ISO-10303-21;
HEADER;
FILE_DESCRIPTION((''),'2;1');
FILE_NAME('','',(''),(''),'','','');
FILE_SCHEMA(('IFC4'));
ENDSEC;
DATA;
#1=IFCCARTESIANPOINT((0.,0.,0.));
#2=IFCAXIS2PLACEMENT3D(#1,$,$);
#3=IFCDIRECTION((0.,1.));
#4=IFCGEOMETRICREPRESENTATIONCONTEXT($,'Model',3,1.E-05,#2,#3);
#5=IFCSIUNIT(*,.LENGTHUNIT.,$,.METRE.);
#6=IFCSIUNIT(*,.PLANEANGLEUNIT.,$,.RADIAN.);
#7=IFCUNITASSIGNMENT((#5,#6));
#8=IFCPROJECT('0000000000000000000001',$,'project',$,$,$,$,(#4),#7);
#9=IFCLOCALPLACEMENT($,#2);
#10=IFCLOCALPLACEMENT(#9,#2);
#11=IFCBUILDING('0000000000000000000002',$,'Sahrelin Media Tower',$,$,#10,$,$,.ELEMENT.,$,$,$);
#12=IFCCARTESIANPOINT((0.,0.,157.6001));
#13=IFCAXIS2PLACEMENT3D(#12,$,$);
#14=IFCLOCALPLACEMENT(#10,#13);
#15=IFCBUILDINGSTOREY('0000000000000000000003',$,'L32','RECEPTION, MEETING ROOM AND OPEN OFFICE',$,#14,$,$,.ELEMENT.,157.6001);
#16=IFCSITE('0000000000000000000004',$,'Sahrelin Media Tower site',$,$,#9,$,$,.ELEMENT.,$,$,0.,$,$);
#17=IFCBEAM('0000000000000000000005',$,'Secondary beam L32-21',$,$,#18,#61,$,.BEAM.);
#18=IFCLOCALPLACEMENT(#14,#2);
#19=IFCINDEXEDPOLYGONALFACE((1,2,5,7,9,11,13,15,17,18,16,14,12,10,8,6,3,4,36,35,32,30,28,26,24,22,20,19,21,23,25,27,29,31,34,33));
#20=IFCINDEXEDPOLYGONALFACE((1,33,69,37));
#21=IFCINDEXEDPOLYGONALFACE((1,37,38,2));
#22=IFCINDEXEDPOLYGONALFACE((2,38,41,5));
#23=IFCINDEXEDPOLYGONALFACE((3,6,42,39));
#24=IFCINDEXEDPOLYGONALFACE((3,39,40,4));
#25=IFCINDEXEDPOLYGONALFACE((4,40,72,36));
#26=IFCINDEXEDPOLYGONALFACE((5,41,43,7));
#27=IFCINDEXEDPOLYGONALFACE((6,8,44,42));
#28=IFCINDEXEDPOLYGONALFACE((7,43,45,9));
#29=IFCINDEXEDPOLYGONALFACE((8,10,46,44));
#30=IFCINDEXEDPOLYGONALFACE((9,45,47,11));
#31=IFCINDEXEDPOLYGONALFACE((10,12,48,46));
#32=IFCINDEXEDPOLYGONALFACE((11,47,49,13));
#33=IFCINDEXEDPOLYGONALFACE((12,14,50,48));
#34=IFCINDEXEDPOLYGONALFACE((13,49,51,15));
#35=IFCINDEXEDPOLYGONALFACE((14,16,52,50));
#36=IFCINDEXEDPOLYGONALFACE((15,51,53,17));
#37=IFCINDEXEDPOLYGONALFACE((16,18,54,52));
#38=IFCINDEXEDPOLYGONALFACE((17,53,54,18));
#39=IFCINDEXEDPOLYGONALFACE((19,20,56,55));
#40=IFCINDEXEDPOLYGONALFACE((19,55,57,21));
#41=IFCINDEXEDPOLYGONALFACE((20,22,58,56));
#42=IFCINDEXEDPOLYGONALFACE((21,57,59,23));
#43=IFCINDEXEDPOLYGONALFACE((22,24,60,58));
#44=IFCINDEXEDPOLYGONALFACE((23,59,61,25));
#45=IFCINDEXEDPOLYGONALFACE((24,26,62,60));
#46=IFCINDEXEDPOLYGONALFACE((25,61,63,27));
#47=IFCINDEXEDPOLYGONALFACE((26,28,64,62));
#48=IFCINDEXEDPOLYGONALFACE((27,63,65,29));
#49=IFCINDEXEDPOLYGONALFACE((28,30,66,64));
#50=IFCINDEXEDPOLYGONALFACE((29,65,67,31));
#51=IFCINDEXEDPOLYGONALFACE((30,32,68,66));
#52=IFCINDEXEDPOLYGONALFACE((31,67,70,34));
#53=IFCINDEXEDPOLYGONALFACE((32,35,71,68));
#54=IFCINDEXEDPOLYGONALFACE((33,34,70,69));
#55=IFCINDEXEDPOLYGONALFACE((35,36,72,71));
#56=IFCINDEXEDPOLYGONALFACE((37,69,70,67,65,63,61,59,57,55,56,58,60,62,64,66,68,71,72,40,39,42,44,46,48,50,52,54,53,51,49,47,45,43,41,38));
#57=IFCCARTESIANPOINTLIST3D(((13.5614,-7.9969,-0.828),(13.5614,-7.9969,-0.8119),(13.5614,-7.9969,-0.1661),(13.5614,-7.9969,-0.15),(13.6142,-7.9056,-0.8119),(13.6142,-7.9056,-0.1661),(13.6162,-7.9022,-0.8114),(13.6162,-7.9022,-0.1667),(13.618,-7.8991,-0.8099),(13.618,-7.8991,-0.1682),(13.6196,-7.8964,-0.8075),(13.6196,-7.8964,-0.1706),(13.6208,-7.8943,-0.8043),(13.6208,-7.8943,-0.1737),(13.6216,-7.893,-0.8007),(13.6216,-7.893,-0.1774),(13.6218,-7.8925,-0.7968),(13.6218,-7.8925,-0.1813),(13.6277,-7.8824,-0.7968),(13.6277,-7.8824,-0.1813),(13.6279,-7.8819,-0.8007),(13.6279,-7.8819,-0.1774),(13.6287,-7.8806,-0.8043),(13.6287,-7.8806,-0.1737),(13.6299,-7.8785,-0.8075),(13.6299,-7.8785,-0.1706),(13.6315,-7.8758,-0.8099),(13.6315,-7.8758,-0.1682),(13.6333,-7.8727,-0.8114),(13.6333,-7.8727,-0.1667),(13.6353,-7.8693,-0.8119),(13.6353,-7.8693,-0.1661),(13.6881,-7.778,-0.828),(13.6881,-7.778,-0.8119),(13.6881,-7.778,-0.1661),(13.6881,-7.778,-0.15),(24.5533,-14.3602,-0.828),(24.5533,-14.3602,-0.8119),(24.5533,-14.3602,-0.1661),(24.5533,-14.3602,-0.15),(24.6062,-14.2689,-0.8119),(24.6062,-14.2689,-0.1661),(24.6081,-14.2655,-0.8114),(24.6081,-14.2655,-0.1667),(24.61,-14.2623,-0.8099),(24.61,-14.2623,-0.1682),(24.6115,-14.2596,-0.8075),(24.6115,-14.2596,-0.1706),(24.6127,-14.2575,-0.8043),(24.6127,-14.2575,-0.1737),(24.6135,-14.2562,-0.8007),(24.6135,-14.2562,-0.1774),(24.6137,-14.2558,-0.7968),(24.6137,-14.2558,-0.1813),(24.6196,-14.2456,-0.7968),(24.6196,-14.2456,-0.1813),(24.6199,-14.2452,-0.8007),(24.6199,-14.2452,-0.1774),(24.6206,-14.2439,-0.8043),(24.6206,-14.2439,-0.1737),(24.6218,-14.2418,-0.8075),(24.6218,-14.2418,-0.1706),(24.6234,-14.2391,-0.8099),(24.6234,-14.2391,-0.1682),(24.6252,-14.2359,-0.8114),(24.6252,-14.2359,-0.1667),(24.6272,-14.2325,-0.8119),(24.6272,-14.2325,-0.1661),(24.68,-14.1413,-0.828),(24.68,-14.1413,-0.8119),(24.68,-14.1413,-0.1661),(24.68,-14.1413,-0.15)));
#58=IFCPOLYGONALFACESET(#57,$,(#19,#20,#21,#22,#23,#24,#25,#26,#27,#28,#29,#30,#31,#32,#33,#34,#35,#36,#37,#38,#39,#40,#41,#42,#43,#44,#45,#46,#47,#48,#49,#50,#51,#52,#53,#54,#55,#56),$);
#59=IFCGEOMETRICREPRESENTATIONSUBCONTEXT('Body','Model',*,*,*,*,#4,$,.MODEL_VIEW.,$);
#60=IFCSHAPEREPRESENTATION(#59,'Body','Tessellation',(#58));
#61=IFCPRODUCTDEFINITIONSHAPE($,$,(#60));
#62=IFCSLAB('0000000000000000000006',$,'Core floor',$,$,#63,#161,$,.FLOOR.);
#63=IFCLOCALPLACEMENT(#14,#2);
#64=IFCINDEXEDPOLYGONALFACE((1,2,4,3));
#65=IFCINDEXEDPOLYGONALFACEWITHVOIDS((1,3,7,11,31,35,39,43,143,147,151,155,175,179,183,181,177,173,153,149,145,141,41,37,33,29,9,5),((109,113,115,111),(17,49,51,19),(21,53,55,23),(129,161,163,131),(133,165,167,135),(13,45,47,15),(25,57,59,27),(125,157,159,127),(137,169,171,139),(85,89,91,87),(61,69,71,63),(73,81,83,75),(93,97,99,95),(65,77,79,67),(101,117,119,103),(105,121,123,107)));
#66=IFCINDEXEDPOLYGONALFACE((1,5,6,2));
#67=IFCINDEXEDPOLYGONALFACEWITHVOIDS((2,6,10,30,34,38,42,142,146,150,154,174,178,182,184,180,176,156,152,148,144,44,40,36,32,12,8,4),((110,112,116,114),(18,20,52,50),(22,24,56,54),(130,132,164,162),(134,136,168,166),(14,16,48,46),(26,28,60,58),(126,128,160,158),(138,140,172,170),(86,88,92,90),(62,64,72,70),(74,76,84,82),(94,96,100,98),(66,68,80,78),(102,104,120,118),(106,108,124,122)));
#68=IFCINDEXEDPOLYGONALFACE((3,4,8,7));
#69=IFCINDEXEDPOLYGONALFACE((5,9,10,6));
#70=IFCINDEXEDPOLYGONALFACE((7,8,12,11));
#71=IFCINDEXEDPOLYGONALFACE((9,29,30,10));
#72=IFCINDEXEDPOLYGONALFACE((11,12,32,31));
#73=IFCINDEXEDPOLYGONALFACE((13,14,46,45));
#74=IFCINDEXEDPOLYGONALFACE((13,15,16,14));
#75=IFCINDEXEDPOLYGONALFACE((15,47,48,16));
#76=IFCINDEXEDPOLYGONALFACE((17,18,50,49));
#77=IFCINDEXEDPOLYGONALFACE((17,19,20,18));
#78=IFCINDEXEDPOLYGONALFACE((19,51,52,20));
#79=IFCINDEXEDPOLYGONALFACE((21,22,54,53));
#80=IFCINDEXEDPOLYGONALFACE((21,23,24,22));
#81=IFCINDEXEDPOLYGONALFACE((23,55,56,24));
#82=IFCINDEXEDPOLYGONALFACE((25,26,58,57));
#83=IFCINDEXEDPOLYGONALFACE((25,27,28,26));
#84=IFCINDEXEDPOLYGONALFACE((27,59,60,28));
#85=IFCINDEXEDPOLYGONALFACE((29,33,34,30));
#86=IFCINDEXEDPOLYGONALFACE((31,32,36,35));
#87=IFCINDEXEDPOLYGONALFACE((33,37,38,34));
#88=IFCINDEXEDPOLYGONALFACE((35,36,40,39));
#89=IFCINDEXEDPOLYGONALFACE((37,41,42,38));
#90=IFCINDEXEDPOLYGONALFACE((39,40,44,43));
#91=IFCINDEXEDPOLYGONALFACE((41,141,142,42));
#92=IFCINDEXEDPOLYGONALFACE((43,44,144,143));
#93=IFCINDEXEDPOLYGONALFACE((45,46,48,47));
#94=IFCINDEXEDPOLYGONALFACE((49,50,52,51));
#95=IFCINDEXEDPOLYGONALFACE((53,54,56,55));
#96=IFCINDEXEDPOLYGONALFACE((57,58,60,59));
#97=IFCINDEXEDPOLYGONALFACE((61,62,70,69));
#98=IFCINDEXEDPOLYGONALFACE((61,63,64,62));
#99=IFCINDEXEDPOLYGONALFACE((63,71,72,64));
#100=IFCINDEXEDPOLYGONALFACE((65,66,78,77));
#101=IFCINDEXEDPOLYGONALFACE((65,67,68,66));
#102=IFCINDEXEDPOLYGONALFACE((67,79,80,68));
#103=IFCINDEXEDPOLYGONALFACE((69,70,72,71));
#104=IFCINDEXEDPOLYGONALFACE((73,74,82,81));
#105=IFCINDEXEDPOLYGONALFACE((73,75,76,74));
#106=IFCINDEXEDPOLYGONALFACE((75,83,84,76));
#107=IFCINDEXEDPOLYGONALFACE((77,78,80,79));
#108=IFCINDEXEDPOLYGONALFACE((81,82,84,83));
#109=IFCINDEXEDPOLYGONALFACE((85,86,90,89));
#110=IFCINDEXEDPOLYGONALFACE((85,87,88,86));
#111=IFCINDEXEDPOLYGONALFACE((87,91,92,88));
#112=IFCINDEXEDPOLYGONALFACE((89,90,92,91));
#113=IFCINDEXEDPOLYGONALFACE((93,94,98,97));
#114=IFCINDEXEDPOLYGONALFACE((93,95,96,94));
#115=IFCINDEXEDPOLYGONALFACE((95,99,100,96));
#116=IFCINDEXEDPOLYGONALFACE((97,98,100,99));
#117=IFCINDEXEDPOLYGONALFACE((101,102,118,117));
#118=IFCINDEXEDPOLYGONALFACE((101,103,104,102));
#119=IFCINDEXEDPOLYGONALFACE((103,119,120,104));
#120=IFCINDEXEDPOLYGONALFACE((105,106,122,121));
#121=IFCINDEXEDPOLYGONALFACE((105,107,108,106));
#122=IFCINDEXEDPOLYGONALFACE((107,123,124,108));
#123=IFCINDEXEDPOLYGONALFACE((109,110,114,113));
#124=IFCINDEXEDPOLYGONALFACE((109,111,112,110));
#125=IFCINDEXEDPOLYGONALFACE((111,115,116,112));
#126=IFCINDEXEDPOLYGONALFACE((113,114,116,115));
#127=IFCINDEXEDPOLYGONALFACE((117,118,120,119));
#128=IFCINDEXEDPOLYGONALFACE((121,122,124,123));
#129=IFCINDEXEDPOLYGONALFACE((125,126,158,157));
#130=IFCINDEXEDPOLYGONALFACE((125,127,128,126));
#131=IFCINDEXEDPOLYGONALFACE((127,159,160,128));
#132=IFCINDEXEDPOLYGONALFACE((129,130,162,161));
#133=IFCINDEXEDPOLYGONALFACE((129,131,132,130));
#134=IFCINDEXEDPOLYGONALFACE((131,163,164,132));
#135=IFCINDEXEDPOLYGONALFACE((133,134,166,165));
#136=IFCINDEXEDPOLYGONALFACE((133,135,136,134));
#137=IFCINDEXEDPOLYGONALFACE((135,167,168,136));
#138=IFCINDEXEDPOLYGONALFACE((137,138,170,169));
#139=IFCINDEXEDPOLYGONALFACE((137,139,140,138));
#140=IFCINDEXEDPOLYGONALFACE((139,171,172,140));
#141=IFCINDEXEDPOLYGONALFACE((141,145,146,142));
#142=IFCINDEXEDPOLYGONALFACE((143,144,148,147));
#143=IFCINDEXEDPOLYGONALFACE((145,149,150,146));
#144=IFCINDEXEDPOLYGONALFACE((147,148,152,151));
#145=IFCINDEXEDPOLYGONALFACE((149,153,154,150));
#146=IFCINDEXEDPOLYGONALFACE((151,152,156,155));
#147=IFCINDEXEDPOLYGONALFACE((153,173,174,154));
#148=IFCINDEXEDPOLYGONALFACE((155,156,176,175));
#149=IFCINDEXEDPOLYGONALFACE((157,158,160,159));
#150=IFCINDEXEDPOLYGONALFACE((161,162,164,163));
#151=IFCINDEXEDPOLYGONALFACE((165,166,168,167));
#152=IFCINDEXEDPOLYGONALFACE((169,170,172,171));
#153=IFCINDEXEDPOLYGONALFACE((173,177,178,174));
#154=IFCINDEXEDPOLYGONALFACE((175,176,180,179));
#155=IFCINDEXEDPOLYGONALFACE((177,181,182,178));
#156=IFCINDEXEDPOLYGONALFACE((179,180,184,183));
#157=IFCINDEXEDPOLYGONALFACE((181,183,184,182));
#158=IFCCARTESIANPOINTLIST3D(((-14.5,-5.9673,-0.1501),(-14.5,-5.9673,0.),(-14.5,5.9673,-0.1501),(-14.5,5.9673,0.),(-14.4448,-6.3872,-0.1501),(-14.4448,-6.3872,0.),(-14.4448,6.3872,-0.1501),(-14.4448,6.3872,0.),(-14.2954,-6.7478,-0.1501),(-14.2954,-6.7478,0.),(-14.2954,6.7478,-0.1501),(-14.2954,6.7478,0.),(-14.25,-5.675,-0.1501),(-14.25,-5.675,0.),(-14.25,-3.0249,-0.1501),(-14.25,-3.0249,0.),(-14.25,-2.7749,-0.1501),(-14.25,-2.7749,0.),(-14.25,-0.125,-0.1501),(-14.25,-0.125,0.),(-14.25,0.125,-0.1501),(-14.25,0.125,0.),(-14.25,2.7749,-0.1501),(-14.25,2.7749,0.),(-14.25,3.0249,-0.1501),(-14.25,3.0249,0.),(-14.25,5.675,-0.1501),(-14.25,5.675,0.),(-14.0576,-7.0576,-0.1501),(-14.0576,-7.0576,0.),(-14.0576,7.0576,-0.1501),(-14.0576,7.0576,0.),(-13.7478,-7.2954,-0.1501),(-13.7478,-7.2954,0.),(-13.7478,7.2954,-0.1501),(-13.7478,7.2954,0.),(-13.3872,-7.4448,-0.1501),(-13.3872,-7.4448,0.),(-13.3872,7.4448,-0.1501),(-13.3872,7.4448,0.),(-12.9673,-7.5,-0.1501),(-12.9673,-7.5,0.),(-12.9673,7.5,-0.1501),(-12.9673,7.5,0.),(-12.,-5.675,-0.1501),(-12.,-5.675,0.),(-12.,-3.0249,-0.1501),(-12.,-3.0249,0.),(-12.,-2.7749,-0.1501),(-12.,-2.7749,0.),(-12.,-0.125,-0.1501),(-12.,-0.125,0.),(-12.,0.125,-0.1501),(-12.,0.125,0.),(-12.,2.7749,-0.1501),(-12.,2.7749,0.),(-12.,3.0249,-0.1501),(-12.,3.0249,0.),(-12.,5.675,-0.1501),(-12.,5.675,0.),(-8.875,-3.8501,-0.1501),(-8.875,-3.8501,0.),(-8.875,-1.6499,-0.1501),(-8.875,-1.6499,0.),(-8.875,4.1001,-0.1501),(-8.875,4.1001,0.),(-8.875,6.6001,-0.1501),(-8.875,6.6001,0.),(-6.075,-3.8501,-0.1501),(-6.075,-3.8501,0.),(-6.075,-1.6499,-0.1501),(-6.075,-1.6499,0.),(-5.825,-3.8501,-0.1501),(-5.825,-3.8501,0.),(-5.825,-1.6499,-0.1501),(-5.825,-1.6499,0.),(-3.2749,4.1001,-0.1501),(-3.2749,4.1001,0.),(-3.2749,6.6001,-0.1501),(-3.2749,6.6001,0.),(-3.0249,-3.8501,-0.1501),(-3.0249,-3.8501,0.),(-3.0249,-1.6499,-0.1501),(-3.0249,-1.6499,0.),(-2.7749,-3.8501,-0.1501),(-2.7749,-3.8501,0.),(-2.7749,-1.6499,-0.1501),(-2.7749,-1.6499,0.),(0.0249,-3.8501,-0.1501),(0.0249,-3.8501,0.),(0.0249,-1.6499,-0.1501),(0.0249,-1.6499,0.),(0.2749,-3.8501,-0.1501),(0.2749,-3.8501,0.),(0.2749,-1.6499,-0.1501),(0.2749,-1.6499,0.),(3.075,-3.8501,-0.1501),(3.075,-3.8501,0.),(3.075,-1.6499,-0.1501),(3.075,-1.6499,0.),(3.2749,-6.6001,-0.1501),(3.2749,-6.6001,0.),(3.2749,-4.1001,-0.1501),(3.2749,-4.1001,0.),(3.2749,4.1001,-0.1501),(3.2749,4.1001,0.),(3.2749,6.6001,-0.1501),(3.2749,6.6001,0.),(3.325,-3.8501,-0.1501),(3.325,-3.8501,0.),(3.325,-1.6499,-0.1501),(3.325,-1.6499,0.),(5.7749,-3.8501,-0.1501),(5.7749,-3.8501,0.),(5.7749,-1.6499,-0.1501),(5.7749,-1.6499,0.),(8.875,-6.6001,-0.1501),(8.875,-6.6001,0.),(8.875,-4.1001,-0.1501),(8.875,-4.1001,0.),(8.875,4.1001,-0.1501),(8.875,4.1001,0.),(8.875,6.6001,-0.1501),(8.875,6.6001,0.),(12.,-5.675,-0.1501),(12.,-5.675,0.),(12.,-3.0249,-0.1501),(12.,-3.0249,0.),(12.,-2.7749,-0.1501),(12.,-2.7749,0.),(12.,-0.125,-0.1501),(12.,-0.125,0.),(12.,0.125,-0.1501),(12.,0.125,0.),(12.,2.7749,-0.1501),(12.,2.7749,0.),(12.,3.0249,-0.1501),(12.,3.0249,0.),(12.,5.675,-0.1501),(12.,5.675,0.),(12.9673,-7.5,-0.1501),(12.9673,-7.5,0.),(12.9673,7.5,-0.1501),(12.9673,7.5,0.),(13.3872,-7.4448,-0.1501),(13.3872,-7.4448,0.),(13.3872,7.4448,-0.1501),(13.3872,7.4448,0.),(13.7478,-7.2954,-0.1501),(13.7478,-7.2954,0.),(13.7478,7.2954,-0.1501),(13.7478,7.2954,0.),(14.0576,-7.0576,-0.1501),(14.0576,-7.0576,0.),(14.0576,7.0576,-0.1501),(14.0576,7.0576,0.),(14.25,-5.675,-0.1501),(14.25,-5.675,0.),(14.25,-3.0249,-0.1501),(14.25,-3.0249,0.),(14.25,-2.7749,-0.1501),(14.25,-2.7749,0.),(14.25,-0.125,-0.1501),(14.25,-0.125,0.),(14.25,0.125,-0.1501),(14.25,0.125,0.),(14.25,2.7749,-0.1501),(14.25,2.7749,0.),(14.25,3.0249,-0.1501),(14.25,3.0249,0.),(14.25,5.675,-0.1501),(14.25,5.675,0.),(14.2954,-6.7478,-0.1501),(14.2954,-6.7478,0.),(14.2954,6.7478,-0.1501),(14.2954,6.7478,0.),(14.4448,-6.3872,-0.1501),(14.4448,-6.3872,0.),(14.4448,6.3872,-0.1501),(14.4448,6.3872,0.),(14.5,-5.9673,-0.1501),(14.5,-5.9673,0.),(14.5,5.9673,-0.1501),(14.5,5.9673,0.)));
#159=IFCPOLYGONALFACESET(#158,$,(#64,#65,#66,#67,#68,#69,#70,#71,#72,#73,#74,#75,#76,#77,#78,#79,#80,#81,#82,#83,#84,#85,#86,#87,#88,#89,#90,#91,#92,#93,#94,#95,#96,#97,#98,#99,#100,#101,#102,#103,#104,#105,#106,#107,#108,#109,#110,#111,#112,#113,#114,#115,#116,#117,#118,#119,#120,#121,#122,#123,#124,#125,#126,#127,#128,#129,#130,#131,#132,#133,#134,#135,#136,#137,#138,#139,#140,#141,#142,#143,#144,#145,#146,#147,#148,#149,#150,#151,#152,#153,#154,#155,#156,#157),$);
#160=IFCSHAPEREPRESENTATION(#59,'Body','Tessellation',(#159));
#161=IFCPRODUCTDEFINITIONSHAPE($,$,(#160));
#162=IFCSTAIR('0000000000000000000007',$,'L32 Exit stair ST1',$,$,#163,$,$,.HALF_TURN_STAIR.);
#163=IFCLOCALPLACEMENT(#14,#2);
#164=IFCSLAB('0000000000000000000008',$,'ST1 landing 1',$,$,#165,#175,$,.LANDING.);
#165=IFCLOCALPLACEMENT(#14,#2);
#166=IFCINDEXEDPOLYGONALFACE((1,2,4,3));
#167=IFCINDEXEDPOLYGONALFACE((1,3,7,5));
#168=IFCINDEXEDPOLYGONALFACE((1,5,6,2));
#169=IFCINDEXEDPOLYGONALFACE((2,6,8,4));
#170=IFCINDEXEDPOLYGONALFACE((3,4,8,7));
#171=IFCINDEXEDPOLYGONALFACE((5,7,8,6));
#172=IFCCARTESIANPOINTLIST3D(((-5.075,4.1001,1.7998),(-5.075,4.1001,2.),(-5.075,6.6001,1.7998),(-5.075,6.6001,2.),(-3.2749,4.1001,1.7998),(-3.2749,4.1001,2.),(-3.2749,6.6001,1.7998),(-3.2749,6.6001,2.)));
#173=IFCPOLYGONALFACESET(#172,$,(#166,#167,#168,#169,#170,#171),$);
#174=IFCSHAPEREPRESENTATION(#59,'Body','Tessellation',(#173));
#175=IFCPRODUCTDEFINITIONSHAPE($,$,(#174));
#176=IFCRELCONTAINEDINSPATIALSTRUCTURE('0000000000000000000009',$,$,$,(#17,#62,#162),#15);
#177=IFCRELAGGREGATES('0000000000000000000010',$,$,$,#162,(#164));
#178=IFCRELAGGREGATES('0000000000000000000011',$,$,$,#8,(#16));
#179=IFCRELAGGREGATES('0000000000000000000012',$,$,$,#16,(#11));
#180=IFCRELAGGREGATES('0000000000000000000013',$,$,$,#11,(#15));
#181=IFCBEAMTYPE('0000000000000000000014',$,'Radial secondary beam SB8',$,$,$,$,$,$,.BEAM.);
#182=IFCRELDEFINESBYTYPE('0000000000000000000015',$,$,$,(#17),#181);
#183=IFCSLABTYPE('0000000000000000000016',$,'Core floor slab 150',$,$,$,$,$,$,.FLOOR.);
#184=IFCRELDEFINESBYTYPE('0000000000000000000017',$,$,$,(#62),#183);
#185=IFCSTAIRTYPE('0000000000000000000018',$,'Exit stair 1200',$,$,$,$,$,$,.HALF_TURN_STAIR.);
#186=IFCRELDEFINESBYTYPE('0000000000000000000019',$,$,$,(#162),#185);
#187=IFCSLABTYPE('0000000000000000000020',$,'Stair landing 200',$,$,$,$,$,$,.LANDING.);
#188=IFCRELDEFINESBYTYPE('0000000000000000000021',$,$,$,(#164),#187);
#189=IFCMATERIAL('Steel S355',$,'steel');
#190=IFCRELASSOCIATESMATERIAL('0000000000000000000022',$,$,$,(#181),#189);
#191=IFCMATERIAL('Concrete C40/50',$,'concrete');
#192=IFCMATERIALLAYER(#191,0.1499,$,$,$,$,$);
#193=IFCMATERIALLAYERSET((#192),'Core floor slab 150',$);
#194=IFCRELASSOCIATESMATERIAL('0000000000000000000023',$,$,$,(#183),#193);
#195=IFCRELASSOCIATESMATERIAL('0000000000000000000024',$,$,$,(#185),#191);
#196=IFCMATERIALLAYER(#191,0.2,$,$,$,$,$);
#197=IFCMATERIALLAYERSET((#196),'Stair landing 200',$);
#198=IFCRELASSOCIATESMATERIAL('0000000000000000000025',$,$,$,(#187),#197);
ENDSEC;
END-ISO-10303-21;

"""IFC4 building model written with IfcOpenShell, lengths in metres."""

from ifc_helpers import new_model, si_unit, direction, frame, origin, origin_2d, place, context, subcontext, project, spatial, polyline, i_section, outline, extrude, material, layer, layer_set, material_profile, profile_set, type_object, element, aggregate, save


model = new_model("IFC4")

# Units and contexts
model_context = context("Model", 3, precision=1e-05, world=origin(), true_north=direction((0.0, 1.0)))
body_context = subcontext(model_context, "Body", "Model", "MODEL_VIEW")
ifc_project = project(units=[si_unit("LENGTHUNIT", "METRE"), si_unit("PLANEANGLEUNIT", "RADIAN")], contexts=[model_context])

# Site, building, storey
site_placement = place(None, origin())
site = spatial("IfcSite", under=ifc_project, at=site_placement, Name="Sahrelin Media Tower site", CompositionType="ELEMENT", RefElevation=0.0)
building_placement = place(site_placement, origin())
building = spatial("IfcBuilding", under=site, at=building_placement, Name="Sahrelin Media Tower", CompositionType="ELEMENT")
storey_placement = place(building_placement, frame((0.0, 0.0, 157.6001)))
storey = spatial("IfcBuildingStorey", under=building, at=storey_placement, Name="L32", Description="RECEPTION, MEETING ROOM AND OPEN OFFICE", CompositionType="ELEMENT", Elevation=157.6001)

# Beam
ifc_material_1 = material(Name="Steel S355", Category="steel")
ifc_material_profile = material_profile(ifc_material_1, i_section(OverallWidth=0.2529, OverallDepth=0.678, WebThickness=0.0117, FlangeThickness=0.0161, FilletRadius=0.0151, at=origin_2d()), Name="UB 686x254x125")
ifc_profile_set = profile_set([ifc_material_profile], Name="Steel S355")
beam_type = type_object("IfcBeamType", Name="Radial secondary beam SB8", PredefinedType="BEAM", material=ifc_profile_set)
beam_placement = place(storey_placement, frame((13.6248, -7.8875, -0.489), z_axis=(0.865443, -0.501008, 0.0), x_axis=(0.501008, 0.865443, 0.0)))
element("IfcBeam", 1, at=beam_placement, inside=storey, type_object=beam_type, Name="Secondary beam L32-21", PredefinedType="BEAM", context=body_context, shape_type="SweptSolid", body=[
    extrude(i_section(OverallWidth=0.2529, OverallDepth=0.678, WebThickness=0.0117, FlangeThickness=0.0161, FilletRadius=0.0151, at=origin_2d()), origin(), (0.0, 0.0, 1.0), 12.7009),
])

# Slab
ifc_material_2 = material(Name="Concrete C40/50", Category="concrete")
ifc_layer_1 = layer(ifc_material_2, 0.1499)
ifc_layer_set_1 = layer_set([ifc_layer_1], Name="Core floor slab 150")
slab_type_1 = type_object("IfcSlabType", Name="Core floor slab 150", PredefinedType="FLOOR", material=ifc_layer_set_1)
slab_1_placement = place(storey_placement, frame((0.0, 0.0, -0.1501)))
element("IfcSlab", 2, at=slab_1_placement, inside=storey, type_object=slab_type_1, Name="Core floor", PredefinedType="FLOOR", context=body_context, shape_type="SweptSolid", body=[
    extrude(outline(polyline([(-14.4448, 6.3872), (-14.5, 5.9673), (-14.5, -5.9673), (-14.4448, -6.3872), (-14.2954, -6.7478), (-14.0576, -7.0576), (-13.7478, -7.2954), (-13.3872, -7.4448), (-12.9673, -7.5), (12.9673, -7.5), (13.3872, -7.4448), (13.7478, -7.2954), (14.0576, -7.0576), (14.2954, -6.7478), (14.4448, -6.3872), (14.5, -5.9673), (14.5, 5.9673), (14.4448, 6.3872), (14.2954, 6.7478), (14.0576, 7.0576), (13.7478, 7.2954), (13.3872, 7.4448), (12.9673, 7.5), (-12.9673, 7.5), (-13.3872, 7.4448), (-13.7478, 7.2954), (-14.0576, 7.0576), (-14.2954, 6.7478), (-14.4448, 6.3872)]), holes=[polyline([(-12.0, 3.0249), (-12.0, 5.675), (-14.25, 5.675), (-14.25, 3.0249), (-12.0, 3.0249)]), polyline([(-14.25, 0.125), (-12.0, 0.125), (-12.0, 2.7749), (-14.25, 2.7749), (-14.25, 0.125)]), polyline([(-14.25, -0.125), (-14.25, -2.7749), (-12.0, -2.7749), (-12.0, -0.125), (-14.25, -0.125)]), polyline([(-12.0, -3.0249), (-14.25, -3.0249), (-14.25, -5.675), (-12.0, -5.675), (-12.0, -3.0249)]), polyline([(14.25, 3.0249), (14.25, 5.675), (12.0, 5.675), (12.0, 3.0249), (14.25, 3.0249)]), polyline([(12.0, 0.125), (14.25, 0.125), (14.25, 2.7749), (12.0, 2.7749), (12.0, 0.125)]), polyline([(12.0, -0.125), (12.0, -2.7749), (14.25, -2.7749), (14.25, -0.125), (12.0, -0.125)]), polyline([(14.25, -3.0249), (12.0, -3.0249), (12.0, -5.675), (14.25, -5.675), (14.25, -3.0249)]), polyline([(-6.075, -3.8501), (-6.075, -1.6499), (-8.875, -1.6499), (-8.875, -3.8501), (-6.075, -3.8501)]), polyline([(-5.825, -3.8501), (-3.0249, -3.8501), (-3.0249, -1.6499), (-5.825, -1.6499), (-5.825, -3.8501)]), polyline([(-2.7749, -1.6499), (-2.7749, -3.8501), (0.0249, -3.8501), (0.0249, -1.6499), (-2.7749, -1.6499)]), polyline([(3.075, -1.6499), (0.2749, -1.6499), (0.2749, -3.8501), (3.075, -3.8501), (3.075, -1.6499)]), polyline([(5.7749, -3.8501), (5.7749, -1.6499), (3.325, -1.6499), (3.325, -3.8501), (5.7749, -3.8501)]), polyline([(-8.875, 6.6001), (-8.875, 4.1001), (-3.2749, 4.1001), (-3.2749, 6.6001), (-8.875, 6.6001)]), polyline([(3.2749, 4.1001), (8.875, 4.1001), (8.875, 6.6001), (3.2749, 6.6001), (3.2749, 4.1001)]), polyline([(3.2749, -4.1001), (3.2749, -6.6001), (8.875, -6.6001), (8.875, -4.1001), (3.2749, -4.1001)])]), origin(), (0.0, 0.0, 1.0), 0.1501),
])

# Stair, slab
stair_type = type_object("IfcStairType", Name="Exit stair 1200", PredefinedType="HALF_TURN_STAIR", material=ifc_material_2)
placement_1 = place(storey_placement, origin())
stair_1 = element("IfcStair", 3, at=placement_1, inside=storey, type_object=stair_type, Name="L32 Exit stair ST1", PredefinedType="HALF_TURN_STAIR")
ifc_layer_2 = layer(ifc_material_2, 0.2)
ifc_layer_set_2 = layer_set([ifc_layer_2], Name="Stair landing 200")
slab_type_2 = type_object("IfcSlabType", Name="Stair landing 200", PredefinedType="LANDING", material=ifc_layer_set_2)
placement_2 = place(storey_placement, frame((0.0, 0.0, 1.7998)))
slab_2 = element("IfcSlab", 4, at=placement_2, type_object=slab_type_2, Name="ST1 landing 1", PredefinedType="LANDING", context=body_context, shape_type="SweptSolid", body=[
    extrude(outline(polyline([(-5.075, 4.1001), (-3.2749, 4.1001), (-3.2749, 6.6001), (-5.075, 6.6001), (-5.075, 4.1001)])), origin(), (0.0, 0.0, 1.0), 0.2002),
])
aggregate(stair_1, [slab_2])

save(model, "model.ifc")
